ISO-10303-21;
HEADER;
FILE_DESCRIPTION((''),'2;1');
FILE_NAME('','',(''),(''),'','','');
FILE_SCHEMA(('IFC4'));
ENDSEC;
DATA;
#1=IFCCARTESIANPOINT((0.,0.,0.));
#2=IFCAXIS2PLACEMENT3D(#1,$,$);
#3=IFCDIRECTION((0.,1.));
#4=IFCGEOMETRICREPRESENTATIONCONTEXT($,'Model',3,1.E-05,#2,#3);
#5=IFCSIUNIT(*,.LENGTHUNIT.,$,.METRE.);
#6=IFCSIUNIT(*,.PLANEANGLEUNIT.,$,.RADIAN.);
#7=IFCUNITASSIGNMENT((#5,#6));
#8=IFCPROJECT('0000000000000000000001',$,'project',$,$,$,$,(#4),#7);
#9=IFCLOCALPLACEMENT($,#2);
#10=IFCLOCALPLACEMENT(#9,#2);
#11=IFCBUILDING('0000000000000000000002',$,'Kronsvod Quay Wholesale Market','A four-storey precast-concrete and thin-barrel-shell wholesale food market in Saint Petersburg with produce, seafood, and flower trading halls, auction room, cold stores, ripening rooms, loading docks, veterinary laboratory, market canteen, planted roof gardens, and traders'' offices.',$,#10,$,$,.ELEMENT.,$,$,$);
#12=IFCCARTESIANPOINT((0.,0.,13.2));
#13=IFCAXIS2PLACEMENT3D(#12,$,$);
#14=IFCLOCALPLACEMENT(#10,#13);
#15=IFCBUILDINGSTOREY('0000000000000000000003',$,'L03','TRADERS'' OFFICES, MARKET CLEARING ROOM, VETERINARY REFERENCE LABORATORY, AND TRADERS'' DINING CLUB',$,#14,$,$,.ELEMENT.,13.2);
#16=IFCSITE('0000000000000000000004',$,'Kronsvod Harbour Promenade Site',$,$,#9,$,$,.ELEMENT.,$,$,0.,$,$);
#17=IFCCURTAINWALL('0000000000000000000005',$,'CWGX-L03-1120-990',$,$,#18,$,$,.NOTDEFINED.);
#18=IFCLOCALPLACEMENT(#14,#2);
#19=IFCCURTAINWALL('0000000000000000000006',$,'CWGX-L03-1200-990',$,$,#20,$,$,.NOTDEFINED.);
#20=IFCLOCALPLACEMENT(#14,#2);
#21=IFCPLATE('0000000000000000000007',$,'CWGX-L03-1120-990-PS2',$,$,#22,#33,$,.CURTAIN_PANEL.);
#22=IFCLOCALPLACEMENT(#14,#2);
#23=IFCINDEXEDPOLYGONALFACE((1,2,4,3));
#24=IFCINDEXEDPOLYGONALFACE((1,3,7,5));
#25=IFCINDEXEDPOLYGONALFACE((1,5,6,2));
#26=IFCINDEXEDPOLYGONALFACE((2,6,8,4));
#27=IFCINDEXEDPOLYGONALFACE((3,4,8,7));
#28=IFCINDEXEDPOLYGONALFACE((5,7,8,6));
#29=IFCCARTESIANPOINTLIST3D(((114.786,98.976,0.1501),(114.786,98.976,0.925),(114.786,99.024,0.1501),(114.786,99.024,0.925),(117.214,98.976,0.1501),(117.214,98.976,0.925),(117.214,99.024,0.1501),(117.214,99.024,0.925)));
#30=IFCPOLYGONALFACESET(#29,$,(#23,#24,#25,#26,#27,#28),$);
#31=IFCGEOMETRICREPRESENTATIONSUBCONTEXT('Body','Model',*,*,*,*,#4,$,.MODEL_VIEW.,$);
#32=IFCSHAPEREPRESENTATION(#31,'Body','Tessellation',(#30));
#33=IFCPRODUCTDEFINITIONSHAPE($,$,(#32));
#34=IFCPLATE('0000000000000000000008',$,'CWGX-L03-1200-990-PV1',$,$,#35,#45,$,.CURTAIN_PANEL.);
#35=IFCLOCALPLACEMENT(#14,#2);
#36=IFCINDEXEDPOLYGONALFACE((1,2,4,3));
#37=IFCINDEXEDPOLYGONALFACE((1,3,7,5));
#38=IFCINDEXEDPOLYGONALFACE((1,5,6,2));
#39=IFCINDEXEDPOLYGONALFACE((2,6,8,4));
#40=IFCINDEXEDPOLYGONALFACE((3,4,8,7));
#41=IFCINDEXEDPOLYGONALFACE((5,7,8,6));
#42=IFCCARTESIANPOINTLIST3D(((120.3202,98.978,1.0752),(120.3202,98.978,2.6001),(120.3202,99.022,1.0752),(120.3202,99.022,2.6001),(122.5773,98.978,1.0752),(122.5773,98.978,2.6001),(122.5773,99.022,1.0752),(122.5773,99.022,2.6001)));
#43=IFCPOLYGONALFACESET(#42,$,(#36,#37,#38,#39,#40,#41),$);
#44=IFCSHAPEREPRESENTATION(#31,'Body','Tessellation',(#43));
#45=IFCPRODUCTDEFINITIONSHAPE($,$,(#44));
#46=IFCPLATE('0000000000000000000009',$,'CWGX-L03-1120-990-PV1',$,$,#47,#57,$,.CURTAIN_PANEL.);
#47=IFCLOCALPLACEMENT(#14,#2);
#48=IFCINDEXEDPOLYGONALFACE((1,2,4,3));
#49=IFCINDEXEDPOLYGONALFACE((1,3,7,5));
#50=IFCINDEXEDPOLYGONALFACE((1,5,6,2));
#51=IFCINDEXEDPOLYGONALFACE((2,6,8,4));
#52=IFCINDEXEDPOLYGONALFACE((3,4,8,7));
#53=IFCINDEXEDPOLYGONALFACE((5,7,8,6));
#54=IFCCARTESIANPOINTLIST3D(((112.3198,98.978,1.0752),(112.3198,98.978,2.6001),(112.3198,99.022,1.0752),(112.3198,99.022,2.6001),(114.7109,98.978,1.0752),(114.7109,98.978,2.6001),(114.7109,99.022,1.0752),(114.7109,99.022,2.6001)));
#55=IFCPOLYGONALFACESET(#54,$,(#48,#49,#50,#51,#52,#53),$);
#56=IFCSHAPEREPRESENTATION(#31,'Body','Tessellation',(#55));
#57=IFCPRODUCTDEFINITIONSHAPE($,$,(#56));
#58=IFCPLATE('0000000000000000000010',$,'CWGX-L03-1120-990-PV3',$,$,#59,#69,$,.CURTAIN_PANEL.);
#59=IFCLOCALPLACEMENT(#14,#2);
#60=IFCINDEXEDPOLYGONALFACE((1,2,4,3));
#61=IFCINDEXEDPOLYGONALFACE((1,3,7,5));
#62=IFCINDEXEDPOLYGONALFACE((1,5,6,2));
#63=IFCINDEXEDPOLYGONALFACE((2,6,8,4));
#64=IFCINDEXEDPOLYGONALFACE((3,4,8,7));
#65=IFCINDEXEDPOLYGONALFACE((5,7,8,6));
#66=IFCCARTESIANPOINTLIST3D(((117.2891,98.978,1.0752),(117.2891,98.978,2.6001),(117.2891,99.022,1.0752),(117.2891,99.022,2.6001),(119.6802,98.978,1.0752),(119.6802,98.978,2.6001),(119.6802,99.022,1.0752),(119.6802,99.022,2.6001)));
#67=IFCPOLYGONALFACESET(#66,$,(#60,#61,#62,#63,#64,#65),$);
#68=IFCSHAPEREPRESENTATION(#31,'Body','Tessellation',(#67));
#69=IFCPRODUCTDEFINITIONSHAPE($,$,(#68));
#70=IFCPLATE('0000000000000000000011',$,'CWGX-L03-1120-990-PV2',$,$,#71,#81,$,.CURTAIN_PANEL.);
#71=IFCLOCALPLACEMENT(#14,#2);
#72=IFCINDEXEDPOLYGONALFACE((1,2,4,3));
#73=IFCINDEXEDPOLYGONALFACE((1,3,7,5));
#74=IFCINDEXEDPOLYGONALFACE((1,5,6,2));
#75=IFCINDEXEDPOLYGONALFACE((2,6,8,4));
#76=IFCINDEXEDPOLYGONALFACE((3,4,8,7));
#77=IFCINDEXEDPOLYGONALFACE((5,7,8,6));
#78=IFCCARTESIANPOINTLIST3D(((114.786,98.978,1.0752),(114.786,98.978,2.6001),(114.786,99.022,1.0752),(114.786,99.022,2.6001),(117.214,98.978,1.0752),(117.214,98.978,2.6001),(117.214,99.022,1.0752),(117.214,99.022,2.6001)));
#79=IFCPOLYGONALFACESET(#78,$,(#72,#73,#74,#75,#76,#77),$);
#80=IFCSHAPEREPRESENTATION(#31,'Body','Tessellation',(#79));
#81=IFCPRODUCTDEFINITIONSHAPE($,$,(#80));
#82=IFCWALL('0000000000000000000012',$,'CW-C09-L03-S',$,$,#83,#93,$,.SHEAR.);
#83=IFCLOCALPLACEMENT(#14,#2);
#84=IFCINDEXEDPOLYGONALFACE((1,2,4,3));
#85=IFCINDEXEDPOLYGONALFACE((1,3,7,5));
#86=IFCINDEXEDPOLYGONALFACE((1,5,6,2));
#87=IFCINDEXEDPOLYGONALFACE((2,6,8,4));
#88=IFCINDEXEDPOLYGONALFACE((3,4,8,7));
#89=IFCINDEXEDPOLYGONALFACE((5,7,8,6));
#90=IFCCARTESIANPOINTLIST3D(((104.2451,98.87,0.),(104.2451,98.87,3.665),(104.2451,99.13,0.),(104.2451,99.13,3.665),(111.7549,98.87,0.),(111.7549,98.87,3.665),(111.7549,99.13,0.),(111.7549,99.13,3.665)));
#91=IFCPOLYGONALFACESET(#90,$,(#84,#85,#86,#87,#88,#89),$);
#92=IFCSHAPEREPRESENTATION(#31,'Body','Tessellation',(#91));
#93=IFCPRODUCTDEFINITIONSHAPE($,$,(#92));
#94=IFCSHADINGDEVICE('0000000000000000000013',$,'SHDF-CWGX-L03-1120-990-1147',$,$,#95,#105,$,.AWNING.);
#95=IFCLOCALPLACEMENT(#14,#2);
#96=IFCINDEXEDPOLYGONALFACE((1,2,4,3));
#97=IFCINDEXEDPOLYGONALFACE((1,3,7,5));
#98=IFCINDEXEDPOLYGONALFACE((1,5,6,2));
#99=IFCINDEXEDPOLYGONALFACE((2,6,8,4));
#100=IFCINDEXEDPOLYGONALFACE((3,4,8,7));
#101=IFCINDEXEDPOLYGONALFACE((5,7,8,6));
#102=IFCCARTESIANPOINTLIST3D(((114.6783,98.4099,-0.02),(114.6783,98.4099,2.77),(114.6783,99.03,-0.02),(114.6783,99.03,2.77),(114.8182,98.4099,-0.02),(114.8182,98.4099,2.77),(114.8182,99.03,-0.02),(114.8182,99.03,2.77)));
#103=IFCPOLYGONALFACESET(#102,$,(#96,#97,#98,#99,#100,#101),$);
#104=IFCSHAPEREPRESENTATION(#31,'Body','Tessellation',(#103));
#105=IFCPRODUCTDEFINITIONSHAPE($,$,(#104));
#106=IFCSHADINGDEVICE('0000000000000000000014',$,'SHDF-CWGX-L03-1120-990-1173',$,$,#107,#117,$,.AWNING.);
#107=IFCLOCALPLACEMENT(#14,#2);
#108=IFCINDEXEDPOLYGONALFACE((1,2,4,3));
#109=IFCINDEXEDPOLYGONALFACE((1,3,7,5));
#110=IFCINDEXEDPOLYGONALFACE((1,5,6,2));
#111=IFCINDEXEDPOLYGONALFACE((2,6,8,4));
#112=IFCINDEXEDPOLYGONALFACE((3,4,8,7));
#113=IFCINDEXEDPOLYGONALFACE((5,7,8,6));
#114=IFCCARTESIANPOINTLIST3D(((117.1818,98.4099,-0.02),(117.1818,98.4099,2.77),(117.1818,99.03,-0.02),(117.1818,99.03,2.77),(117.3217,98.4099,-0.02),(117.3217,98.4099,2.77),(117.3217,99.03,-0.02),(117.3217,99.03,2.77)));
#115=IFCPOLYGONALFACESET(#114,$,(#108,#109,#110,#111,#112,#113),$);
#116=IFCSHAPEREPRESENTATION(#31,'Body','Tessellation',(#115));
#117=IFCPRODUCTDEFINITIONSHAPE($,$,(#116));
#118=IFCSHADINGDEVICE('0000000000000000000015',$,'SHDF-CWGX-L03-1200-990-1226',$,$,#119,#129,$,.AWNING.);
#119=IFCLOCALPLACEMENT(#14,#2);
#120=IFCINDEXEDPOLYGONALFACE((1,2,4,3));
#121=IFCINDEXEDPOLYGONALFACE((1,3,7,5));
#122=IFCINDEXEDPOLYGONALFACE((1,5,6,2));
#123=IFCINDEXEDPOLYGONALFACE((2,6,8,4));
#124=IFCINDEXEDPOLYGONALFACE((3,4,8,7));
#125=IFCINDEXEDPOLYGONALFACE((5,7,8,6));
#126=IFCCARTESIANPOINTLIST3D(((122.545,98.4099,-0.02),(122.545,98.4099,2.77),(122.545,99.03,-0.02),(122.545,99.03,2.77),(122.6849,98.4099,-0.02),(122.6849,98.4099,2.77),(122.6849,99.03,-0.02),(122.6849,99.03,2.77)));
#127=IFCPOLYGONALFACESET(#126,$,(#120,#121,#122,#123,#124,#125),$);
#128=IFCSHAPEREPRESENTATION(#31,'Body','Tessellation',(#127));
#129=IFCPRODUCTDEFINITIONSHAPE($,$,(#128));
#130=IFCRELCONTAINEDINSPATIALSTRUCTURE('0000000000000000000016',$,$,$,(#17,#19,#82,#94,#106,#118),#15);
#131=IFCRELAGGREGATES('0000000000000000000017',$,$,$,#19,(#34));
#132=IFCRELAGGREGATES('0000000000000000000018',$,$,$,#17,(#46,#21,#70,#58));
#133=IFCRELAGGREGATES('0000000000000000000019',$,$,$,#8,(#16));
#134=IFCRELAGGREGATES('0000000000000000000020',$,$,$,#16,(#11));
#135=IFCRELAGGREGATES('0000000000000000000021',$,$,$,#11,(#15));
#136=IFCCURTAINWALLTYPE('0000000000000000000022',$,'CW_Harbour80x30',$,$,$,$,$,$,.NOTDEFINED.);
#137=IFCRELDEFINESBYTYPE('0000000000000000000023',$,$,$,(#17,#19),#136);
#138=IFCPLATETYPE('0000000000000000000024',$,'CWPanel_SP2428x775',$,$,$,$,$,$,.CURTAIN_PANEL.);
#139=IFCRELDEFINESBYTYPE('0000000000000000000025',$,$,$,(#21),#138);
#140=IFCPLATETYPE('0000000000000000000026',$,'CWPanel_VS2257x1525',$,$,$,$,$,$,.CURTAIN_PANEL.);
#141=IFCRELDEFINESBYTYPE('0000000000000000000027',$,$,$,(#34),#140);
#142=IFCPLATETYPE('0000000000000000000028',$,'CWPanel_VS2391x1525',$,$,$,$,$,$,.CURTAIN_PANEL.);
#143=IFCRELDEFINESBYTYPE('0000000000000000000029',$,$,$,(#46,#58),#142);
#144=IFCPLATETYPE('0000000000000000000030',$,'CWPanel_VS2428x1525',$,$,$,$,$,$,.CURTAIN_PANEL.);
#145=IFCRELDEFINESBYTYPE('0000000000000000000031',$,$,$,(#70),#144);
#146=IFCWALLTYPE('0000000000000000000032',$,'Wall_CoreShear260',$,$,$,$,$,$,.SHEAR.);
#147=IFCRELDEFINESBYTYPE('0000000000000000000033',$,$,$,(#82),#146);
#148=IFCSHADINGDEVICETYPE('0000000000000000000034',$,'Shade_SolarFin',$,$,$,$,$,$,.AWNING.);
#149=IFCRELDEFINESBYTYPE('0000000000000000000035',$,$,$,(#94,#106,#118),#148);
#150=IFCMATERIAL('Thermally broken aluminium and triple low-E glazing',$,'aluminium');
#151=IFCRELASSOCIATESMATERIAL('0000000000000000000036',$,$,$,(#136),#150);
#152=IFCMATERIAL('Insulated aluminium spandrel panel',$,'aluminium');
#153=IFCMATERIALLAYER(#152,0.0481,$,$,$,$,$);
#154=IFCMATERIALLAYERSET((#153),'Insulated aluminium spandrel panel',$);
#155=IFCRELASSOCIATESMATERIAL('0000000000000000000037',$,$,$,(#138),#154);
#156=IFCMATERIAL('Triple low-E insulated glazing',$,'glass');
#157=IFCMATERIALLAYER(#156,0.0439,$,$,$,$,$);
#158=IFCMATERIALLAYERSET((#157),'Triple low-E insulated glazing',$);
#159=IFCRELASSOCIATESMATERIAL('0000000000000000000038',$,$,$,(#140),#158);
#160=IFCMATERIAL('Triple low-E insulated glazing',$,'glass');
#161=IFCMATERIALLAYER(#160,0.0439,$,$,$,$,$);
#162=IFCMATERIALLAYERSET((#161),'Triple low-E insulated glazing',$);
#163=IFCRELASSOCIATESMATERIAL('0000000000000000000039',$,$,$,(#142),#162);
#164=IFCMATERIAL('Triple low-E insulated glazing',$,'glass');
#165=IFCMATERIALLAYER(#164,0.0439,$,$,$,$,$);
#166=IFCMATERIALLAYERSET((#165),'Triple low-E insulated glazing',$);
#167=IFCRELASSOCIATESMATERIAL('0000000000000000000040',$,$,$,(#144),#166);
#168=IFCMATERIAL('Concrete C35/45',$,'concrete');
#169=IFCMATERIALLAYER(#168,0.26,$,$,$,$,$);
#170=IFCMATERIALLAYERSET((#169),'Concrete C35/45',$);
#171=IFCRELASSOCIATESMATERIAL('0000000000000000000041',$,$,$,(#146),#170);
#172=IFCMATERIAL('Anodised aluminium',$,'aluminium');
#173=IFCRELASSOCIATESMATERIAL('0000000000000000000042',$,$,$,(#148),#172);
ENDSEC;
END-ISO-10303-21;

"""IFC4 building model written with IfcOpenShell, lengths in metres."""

from ifc_helpers import new_model, si_unit, direction, frame, frame_2d, origin, origin_2d, place, context, subcontext, project, spatial, rectangle, extrude, material, layer, layer_set, type_object, element, aggregate, save


model = new_model("IFC4")

# Units and contexts
model_context = context("Model", 3, precision=1e-05, world=origin(), true_north=direction((0.0, 1.0)))
body_context = subcontext(model_context, "Body", "Model", "MODEL_VIEW")
ifc_project = project(units=[si_unit("LENGTHUNIT", "METRE"), si_unit("PLANEANGLEUNIT", "RADIAN")], contexts=[model_context])

# Site, building, storey
site_placement = place(None, origin())
site = spatial("IfcSite", under=ifc_project, at=site_placement, Name="Kronsvod Harbour Promenade Site", CompositionType="ELEMENT", RefElevation=0.0)
building_placement = place(site_placement, origin())
building = spatial("IfcBuilding", under=site, at=building_placement, Name="Kronsvod Quay Wholesale Market", Description="A four-storey precast-concrete and thin-barrel-shell wholesale food market in Saint Petersburg with produce, seafood, and flower trading halls, auction room, cold stores, ripening rooms, loading docks, veterinary laboratory, market canteen, planted roof gardens, and traders' offices.", CompositionType="ELEMENT")
storey_placement = place(building_placement, frame((0.0, 0.0, 13.2)))
storey = spatial("IfcBuildingStorey", under=building, at=storey_placement, Name="L03", Description="TRADERS' OFFICES, MARKET CLEARING ROOM, VETERINARY REFERENCE LABORATORY, AND TRADERS' DINING CLUB", CompositionType="ELEMENT", Elevation=13.2)

# Curtain walls
ifc_material_1 = material(Name="Thermally broken aluminium and triple low-E glazing", Category="aluminium")
curtain_wall_type = type_object("IfcCurtainWallType", Name="CW_Harbour80x30", PredefinedType="NOTDEFINED", material=ifc_material_1)
curtain_wall_1_placement = place(storey_placement, origin())
curtain_wall_1 = element("IfcCurtainWall", 1, at=curtain_wall_1_placement, inside=storey, type_object=curtain_wall_type, Name="CWGX-L03-1120-990", PredefinedType="NOTDEFINED")
curtain_wall_2_placement = place(storey_placement, origin())
curtain_wall_2 = element("IfcCurtainWall", 2, at=curtain_wall_2_placement, inside=storey, type_object=curtain_wall_type, Name="CWGX-L03-1200-990", PredefinedType="NOTDEFINED")

# Plates
ifc_material_2 = material(Name="Insulated aluminium spandrel panel", Category="aluminium")
ifc_layer_1 = layer(ifc_material_2, 0.0481)
ifc_layer_set_1 = layer_set([ifc_layer_1], Name="Insulated aluminium spandrel panel")
plate_type_1 = type_object("IfcPlateType", Name="CWPanel_SP2428x775", PredefinedType="CURTAIN_PANEL", material=ifc_layer_set_1)
plate_1_placement = place(storey_placement, frame((116.0, 99.0, 0.1501), z_axis=(0.0, 0.0, 1.0), x_axis=(1.0, 0.0, 0.0)))
plate_1 = element("IfcPlate", 3, at=plate_1_placement, type_object=plate_type_1, Name="CWGX-L03-1120-990-PS2", PredefinedType="CURTAIN_PANEL", context=body_context, shape_type="SweptSolid", body=[
    extrude(rectangle(XDim=2.428, YDim=0.0481, at=origin_2d()), origin(), (0.0, 0.0, 1.0), 0.7749),
])
ifc_material_3 = material(Name="Triple low-E insulated glazing", Category="glass")
ifc_layer_2 = layer(ifc_material_3, 0.0439)
ifc_layer_set_2 = layer_set([ifc_layer_2], Name="Triple low-E insulated glazing")
plate_type_2 = type_object("IfcPlateType", Name="CWPanel_VS2257x1525", PredefinedType="CURTAIN_PANEL", material=ifc_layer_set_2)
plate_2_placement = place(storey_placement, frame((121.4487, 99.0, 1.0752), z_axis=(0.0, 0.0, 1.0), x_axis=(1.0, 0.0, 0.0)))
plate_2 = element("IfcPlate", 4, at=plate_2_placement, type_object=plate_type_2, Name="CWGX-L03-1200-990-PV1", PredefinedType="CURTAIN_PANEL", context=body_context, shape_type="SweptSolid", body=[
    extrude(rectangle(XDim=2.2571, YDim=0.0439, at=origin_2d()), origin(), (0.0, 0.0, 1.0), 1.5249),
])
aggregate(curtain_wall_2, [plate_2])
ifc_material_4 = material(Name="Triple low-E insulated glazing", Category="glass")
ifc_layer_3 = layer(ifc_material_4, 0.0439)
ifc_layer_set_3 = layer_set([ifc_layer_3], Name="Triple low-E insulated glazing")
plate_type_3 = type_object("IfcPlateType", Name="CWPanel_VS2391x1525", PredefinedType="CURTAIN_PANEL", material=ifc_layer_set_3)
plate_3_placement = place(storey_placement, frame((113.5154, 99.0, 1.0752), z_axis=(0.0, 0.0, 1.0), x_axis=(1.0, 0.0, 0.0)))
plate_3 = element("IfcPlate", 5, at=plate_3_placement, type_object=plate_type_3, Name="CWGX-L03-1120-990-PV1", PredefinedType="CURTAIN_PANEL", context=body_context, shape_type="SweptSolid", body=[
    extrude(rectangle(XDim=2.3911, YDim=0.0439, at=origin_2d()), origin(), (0.0, 0.0, 1.0), 1.5249),
])
plate_4_placement = place(storey_placement, frame((118.4846, 99.0, 1.0752), z_axis=(0.0, 0.0, 1.0), x_axis=(1.0, 0.0, 0.0)))
plate_4 = element("IfcPlate", 6, at=plate_4_placement, type_object=plate_type_3, Name="CWGX-L03-1120-990-PV3", PredefinedType="CURTAIN_PANEL", context=body_context, shape_type="SweptSolid", body=[
    extrude(rectangle(XDim=2.3911, YDim=0.0439, at=origin_2d()), origin(), (0.0, 0.0, 1.0), 1.5249),
])
ifc_material_5 = material(Name="Triple low-E insulated glazing", Category="glass")
ifc_layer_4 = layer(ifc_material_5, 0.0439)
ifc_layer_set_4 = layer_set([ifc_layer_4], Name="Triple low-E insulated glazing")
plate_type_4 = type_object("IfcPlateType", Name="CWPanel_VS2428x1525", PredefinedType="CURTAIN_PANEL", material=ifc_layer_set_4)
plate_5_placement = place(storey_placement, frame((116.0, 99.0, 1.0752), z_axis=(0.0, 0.0, 1.0), x_axis=(1.0, 0.0, 0.0)))
plate_5 = element("IfcPlate", 7, at=plate_5_placement, type_object=plate_type_4, Name="CWGX-L03-1120-990-PV2", PredefinedType="CURTAIN_PANEL", context=body_context, shape_type="SweptSolid", body=[
    extrude(rectangle(XDim=2.428, YDim=0.0439, at=origin_2d()), origin(), (0.0, 0.0, 1.0), 1.5249),
])
aggregate(curtain_wall_1, [plate_3, plate_1, plate_5, plate_4])

# Wall
ifc_material_6 = material(Name="Concrete C35/45", Category="concrete")
ifc_layer_5 = layer(ifc_material_6, 0.26)
ifc_layer_set_5 = layer_set([ifc_layer_5], Name="Concrete C35/45")
wall_type = type_object("IfcWallType", Name="Wall_CoreShear260", PredefinedType="SHEAR", material=ifc_layer_set_5)
wall_placement = place(storey_placement, frame((104.2451, 99.0, 0.0), z_axis=(0.0, 0.0, 1.0), x_axis=(1.0, 0.0, 0.0)))
element("IfcWall", 8, at=wall_placement, inside=storey, type_object=wall_type, Name="CW-C09-L03-S", PredefinedType="SHEAR", context=body_context, shape_type="SweptSolid", body=[
    extrude(rectangle(XDim=7.5098, YDim=0.26, at=frame_2d((3.7549, 0.0))), origin(), (0.0, 0.0, 1.0), 3.665),
])

# Shading devices
ifc_material_7 = material(Name="Anodised aluminium", Category="aluminium")
shading_device_type = type_object("IfcShadingDeviceType", Name="Shade_SolarFin", PredefinedType="AWNING", material=ifc_material_7)
for number, where, z_axis, x_axis, name in (
    (9, (114.7483, 98.72, -0.02), (0.0, 0.0, 1.0), (1.0, 0.0, 0.0), "SHDF-CWGX-L03-1120-990-1147"),
    (10, (117.2517, 98.72, -0.02), (0.0, 0.0, 1.0), (1.0, 0.0, 0.0), "SHDF-CWGX-L03-1120-990-1173"),
    (11, (122.615, 98.72, -0.02), (0.0, 0.0, 1.0), (1.0, 0.0, 0.0), "SHDF-CWGX-L03-1200-990-1226"),
):
    element("IfcShadingDevice", number, at=place(storey_placement, frame(where, z_axis=z_axis, x_axis=x_axis)), inside=storey, type_object=shading_device_type, Name=name, PredefinedType="AWNING", context=body_context, shape_type="SweptSolid", body=[
        extrude(rectangle(XDim=0.1399, YDim=0.6201, at=origin_2d()), origin(), (0.0, 0.0, 1.0), 2.79),
    ])

save(model, "model.ifc")
